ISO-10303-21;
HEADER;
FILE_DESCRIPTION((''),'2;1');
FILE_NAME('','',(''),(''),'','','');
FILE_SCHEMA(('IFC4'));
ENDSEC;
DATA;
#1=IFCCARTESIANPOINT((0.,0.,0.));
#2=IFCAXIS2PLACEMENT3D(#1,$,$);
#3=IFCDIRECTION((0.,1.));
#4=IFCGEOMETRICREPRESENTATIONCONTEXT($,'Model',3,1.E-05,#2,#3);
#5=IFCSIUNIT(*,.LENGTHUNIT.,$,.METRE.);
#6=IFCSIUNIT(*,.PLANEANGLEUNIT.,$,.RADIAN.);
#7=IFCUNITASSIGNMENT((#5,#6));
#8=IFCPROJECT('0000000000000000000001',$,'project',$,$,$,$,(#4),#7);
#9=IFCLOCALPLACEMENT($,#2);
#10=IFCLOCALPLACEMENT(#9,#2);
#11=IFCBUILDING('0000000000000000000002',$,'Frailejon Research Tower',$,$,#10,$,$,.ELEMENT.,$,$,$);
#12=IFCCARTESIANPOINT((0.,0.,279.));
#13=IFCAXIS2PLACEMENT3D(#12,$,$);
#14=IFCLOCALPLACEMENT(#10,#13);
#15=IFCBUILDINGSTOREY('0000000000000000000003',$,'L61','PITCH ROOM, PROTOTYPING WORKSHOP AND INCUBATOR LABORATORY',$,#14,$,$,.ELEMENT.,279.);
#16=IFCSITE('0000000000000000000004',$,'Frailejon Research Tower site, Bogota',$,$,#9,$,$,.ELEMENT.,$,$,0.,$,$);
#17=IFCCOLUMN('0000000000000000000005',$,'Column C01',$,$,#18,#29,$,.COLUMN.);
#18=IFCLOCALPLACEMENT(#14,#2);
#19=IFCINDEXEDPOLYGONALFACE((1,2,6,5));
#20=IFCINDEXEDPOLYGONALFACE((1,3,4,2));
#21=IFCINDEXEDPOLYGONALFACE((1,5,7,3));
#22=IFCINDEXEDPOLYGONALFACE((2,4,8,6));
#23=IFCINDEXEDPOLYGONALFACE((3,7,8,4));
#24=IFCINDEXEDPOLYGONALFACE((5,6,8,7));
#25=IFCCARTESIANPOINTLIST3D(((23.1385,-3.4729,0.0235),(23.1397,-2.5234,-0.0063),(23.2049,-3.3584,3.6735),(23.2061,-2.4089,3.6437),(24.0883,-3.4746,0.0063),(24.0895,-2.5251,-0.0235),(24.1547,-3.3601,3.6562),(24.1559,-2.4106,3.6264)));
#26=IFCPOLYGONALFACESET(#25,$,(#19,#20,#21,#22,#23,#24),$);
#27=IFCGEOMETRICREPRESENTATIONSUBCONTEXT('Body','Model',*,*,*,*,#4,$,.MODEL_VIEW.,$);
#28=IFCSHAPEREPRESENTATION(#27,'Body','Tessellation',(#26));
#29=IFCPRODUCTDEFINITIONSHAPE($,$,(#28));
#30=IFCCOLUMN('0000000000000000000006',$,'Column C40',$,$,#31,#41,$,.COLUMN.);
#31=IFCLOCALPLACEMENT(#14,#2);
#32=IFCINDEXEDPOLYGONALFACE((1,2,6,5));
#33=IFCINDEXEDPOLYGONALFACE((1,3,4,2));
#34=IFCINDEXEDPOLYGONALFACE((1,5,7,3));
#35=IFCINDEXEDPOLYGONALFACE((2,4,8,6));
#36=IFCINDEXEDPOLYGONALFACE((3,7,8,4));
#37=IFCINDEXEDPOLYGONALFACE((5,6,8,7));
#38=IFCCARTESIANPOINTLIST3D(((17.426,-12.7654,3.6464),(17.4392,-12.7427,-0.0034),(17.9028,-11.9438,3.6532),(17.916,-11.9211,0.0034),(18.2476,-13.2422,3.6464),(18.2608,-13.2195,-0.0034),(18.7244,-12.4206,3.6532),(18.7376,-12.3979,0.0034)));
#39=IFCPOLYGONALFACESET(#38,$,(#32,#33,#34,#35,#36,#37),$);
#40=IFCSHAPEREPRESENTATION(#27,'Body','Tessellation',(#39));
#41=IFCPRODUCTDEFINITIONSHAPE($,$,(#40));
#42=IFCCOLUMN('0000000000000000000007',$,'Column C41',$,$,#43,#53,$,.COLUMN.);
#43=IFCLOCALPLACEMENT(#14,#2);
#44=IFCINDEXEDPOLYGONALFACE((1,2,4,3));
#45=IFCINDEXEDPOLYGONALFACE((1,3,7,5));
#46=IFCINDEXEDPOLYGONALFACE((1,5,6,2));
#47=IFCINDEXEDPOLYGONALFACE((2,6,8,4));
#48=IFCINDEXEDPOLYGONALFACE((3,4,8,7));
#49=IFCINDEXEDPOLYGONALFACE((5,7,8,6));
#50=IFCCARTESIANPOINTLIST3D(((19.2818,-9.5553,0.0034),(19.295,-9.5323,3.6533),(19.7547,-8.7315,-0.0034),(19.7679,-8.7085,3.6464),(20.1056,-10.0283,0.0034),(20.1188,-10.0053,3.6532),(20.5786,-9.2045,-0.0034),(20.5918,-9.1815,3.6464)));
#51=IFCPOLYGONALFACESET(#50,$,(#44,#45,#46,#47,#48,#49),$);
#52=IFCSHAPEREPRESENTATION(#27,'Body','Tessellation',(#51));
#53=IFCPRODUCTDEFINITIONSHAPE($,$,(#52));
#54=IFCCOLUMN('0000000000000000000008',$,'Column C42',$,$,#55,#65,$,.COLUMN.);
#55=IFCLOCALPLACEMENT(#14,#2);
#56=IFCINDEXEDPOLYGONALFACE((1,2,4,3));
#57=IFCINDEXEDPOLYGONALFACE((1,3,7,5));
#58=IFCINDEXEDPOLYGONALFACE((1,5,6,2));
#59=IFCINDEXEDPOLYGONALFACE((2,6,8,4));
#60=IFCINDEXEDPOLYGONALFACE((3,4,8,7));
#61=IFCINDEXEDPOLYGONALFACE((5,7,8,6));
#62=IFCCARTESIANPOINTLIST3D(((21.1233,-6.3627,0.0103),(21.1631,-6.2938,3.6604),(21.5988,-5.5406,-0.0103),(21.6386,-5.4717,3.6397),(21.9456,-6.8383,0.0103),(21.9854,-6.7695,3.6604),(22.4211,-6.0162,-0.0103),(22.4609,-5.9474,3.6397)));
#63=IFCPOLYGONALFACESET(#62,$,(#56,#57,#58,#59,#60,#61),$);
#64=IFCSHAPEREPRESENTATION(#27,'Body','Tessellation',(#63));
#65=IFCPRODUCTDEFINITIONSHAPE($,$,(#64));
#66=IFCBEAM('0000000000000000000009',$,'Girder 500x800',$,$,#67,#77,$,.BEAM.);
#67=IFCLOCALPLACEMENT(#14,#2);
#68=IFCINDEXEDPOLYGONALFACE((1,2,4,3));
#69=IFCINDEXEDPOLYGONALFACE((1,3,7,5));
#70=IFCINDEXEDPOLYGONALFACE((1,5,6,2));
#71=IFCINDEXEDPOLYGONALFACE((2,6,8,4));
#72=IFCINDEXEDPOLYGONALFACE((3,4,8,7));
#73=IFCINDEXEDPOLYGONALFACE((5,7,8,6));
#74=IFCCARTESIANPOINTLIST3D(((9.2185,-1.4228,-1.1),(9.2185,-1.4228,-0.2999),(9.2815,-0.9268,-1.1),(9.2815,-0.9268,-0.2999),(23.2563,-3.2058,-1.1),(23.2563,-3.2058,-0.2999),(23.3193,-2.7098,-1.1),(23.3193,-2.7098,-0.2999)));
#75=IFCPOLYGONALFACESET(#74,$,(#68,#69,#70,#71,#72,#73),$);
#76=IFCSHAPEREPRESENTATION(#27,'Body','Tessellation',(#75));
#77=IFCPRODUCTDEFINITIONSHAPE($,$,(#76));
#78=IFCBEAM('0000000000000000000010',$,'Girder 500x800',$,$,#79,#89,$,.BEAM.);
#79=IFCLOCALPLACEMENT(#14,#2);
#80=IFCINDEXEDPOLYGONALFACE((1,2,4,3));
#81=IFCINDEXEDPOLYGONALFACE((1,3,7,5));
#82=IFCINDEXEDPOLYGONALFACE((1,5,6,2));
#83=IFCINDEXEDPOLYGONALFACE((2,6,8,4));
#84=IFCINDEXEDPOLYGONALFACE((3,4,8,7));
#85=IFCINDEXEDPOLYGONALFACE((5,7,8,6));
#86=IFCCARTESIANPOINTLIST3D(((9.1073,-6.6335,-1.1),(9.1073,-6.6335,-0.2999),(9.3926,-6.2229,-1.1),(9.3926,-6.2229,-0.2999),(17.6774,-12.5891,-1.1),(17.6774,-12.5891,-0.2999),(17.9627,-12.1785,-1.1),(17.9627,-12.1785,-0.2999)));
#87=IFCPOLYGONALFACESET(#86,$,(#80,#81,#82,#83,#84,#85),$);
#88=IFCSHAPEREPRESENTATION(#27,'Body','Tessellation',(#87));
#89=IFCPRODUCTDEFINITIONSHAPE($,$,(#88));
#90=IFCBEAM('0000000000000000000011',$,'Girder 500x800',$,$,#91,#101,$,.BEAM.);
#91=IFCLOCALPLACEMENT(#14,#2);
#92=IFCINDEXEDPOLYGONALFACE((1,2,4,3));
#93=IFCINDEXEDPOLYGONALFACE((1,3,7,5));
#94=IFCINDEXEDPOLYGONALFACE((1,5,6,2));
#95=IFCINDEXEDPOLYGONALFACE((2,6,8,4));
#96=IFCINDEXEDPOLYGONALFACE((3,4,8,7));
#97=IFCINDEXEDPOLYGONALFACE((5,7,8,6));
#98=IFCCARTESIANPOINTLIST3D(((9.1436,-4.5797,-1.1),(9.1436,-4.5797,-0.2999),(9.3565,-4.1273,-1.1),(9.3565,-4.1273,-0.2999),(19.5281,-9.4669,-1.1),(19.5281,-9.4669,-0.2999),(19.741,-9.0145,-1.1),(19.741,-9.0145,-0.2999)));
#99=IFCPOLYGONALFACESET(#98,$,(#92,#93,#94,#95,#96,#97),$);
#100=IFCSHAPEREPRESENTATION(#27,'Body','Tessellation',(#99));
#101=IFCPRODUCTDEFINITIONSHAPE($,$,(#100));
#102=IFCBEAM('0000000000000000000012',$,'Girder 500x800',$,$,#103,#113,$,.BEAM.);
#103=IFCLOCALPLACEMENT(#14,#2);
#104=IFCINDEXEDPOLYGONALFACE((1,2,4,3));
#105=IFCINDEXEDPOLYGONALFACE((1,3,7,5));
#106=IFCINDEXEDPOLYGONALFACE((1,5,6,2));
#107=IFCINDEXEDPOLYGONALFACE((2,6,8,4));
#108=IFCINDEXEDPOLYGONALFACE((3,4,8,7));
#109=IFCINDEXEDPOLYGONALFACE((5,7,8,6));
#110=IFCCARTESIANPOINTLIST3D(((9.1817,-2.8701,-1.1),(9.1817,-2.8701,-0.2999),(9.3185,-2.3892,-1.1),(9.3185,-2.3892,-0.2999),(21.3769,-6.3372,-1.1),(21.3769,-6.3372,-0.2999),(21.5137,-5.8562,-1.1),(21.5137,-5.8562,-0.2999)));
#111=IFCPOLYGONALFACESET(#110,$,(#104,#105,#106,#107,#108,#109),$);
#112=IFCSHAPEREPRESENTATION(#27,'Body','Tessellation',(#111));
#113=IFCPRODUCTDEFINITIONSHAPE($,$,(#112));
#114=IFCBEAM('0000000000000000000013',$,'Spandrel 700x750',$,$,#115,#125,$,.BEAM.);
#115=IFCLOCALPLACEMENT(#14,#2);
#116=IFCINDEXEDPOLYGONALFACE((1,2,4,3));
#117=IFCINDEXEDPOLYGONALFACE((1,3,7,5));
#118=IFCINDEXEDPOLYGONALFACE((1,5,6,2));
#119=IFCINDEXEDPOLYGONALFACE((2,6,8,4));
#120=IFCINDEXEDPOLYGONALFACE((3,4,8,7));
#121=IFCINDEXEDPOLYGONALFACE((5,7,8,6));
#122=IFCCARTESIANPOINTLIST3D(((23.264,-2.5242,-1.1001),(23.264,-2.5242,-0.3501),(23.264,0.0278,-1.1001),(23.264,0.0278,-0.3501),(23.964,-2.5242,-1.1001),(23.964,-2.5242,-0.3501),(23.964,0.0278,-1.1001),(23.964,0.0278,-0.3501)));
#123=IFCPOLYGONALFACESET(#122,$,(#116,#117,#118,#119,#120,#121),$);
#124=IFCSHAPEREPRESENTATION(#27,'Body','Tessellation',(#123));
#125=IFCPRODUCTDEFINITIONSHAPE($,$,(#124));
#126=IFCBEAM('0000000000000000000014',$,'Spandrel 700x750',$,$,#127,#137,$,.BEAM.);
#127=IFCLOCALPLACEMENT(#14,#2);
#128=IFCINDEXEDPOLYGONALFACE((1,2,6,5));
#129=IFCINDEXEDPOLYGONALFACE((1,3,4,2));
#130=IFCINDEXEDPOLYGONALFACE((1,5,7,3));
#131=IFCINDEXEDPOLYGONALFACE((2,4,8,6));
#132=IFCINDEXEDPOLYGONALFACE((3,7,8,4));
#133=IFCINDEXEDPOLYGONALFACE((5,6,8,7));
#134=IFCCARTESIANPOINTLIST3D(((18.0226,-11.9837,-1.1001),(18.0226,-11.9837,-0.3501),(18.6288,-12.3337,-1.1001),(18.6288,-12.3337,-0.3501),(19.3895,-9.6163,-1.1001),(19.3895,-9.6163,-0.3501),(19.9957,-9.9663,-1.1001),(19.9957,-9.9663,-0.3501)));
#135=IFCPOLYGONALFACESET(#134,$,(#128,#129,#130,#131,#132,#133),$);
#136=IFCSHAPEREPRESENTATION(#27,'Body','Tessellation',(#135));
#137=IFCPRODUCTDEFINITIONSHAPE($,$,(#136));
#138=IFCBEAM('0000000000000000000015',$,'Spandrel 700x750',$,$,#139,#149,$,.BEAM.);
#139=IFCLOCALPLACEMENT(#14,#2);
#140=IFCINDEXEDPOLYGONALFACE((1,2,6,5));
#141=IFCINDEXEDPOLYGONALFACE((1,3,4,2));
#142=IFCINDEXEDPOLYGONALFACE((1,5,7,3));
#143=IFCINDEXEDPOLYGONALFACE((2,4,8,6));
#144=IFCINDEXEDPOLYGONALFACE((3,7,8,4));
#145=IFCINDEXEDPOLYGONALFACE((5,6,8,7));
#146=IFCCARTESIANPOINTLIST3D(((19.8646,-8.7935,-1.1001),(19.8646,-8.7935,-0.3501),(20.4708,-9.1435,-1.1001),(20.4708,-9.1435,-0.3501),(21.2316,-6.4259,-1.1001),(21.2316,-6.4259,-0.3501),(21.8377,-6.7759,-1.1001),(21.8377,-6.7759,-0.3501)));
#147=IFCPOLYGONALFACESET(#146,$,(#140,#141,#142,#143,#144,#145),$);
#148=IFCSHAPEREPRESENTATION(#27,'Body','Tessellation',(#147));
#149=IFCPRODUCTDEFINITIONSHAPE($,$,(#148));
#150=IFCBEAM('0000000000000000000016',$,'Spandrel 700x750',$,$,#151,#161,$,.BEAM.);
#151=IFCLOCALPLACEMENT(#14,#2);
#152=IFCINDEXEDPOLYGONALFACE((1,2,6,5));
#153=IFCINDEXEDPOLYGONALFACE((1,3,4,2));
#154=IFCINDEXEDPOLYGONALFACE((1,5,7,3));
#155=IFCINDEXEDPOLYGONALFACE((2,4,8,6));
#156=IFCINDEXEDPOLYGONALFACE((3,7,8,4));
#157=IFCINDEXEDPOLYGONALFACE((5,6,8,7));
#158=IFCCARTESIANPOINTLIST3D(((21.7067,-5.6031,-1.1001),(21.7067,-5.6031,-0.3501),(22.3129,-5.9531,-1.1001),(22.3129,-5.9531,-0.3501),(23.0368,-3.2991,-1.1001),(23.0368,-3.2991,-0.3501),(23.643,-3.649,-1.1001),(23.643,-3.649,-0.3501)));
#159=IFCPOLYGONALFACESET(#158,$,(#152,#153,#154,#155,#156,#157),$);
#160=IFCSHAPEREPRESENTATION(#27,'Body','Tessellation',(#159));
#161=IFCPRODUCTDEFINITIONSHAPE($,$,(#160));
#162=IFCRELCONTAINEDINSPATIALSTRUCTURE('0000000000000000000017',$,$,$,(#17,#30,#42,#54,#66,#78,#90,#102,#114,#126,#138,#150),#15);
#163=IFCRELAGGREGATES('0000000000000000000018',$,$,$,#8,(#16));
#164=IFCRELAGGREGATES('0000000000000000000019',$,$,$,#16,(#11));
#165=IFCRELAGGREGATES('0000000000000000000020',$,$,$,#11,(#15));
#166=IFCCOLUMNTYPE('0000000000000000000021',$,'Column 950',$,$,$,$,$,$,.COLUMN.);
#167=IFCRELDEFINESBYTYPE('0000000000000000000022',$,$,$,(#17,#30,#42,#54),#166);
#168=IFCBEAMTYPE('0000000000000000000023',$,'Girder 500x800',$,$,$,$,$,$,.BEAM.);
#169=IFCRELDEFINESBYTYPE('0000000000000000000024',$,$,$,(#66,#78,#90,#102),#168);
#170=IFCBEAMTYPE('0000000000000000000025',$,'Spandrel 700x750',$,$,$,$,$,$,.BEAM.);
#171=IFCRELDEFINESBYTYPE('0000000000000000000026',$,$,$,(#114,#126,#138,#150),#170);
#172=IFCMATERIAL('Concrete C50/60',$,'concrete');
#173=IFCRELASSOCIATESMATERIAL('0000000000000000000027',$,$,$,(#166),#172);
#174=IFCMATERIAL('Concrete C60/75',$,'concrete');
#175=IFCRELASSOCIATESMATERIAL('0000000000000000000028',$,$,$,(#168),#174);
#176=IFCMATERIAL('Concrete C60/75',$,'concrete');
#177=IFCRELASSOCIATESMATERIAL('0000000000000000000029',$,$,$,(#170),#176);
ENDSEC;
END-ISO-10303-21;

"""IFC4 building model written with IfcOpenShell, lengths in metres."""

from ifc_helpers import new_model, si_unit, direction, frame, origin, origin_2d, place, context, subcontext, project, spatial, rectangle, extrude, material, material_profile, profile_set, type_object, element, save


model = new_model("IFC4")

# Units and contexts
model_context = context("Model", 3, precision=1e-05, world=origin(), true_north=direction((0.0, 1.0)))
body_context = subcontext(model_context, "Body", "Model", "MODEL_VIEW")
ifc_project = project(units=[si_unit("LENGTHUNIT", "METRE"), si_unit("PLANEANGLEUNIT", "RADIAN")], contexts=[model_context])

# Site, building, storey
site_placement = place(None, origin())
site = spatial("IfcSite", under=ifc_project, at=site_placement, Name="Frailejon Research Tower site, Bogota", CompositionType="ELEMENT", RefElevation=0.0)
building_placement = place(site_placement, origin())
building = spatial("IfcBuilding", under=site, at=building_placement, Name="Frailejon Research Tower", CompositionType="ELEMENT")
storey_placement = place(building_placement, frame((0.0, 0.0, 279.0)))
storey = spatial("IfcBuildingStorey", under=building, at=storey_placement, Name="L61", Description="PITCH ROOM, PROTOTYPING WORKSHOP AND INCUBATOR LABORATORY", CompositionType="ELEMENT", Elevation=279.0)

# Columns
ifc_material_1 = material(Name="Concrete C50/60", Category="concrete")
ifc_material_profile_1 = material_profile(ifc_material_1, rectangle(XDim=0.95, YDim=0.95, at=origin_2d()), Name="Column 950")
ifc_profile_set_1 = profile_set([ifc_material_profile_1], Name="Concrete C50/60")
column_type = type_object("IfcColumnType", Name="Column 950", PredefinedType="COLUMN", material=ifc_profile_set_1)
column_1_placement = place(storey_placement, frame((23.614, -2.999, 0.0), z_axis=(0.018182, 0.031351, 0.999343), x_axis=(0.001221, 0.999507, -0.031378)))
element("IfcColumn", 1, at=column_1_placement, inside=storey, type_object=column_type, Name="Column C01", PredefinedType="COLUMN", context=body_context, shape_type="SweptSolid", body=[
    extrude(rectangle(XDim=0.95, YDim=0.95, at=origin_2d()), origin(), (0.0, 0.0, 1.0), 3.6523),
])
for number, where, z_axis, x_axis, name in (
    (2, (18.0884, -12.5703, 0.0), (-0.003612, -0.006221, 0.999974), (0.501902, 0.864894, 0.007193), "Column C40"),
    (3, (19.9302, -9.3799, 0.0), (0.003612, 0.006287, 0.999974), (0.49789, 0.86721, -0.007251), "Column C41"),
):
    element("IfcColumn", number, at=place(storey_placement, frame(where, z_axis=z_axis, x_axis=x_axis)), inside=storey, type_object=column_type, Name=name, PredefinedType="COLUMN", context=body_context, shape_type="SweptSolid", body=[
        extrude(rectangle(XDim=0.95, YDim=0.95, at=origin_2d()), origin(), (0.0, 0.0, 1.0), 3.6499),
    ])
column_2_placement = place(storey_placement, frame((21.7722, -6.1895, 0.0), z_axis=(0.0109, 0.018858, 0.999763), x_axis=(0.50059, 0.86541, -0.021782)))
element("IfcColumn", 4, at=column_2_placement, inside=storey, type_object=column_type, Name="Column C42", PredefinedType="COLUMN", context=body_context, shape_type="SweptSolid", body=[
    extrude(rectangle(XDim=0.95, YDim=0.95, at=origin_2d()), origin(), (0.0, 0.0, 1.0), 3.6509),
])

# Beams
ifc_material_2 = material(Name="Concrete C60/75", Category="concrete")
ifc_material_profile_2 = material_profile(ifc_material_2, rectangle(XDim=0.5, YDim=0.8, at=origin_2d()), Name="Girder 500x800")
ifc_profile_set_2 = profile_set([ifc_material_profile_2], Name="Concrete C60/75")
beam_type_1 = type_object("IfcBeamType", Name="Girder 500x800", PredefinedType="BEAM", material=ifc_profile_set_2)
beam_1_placement = place(storey_placement, frame((23.2878, -2.9578, -0.7), z_axis=(-0.99203, 0.125999, 0.0), x_axis=(-0.125999, -0.99203, 0.0)))
element("IfcBeam", 5, at=beam_1_placement, inside=storey, type_object=beam_type_1, Name="Girder 500x800", PredefinedType="BEAM", context=body_context, shape_type="SweptSolid", body=[
    extrude(rectangle(XDim=0.5, YDim=0.8, at=origin_2d()), origin(), (0.0, 0.0, 1.0), 14.1506),
])
beam_2_placement = place(storey_placement, frame((17.8201, -12.3838, -0.7), z_axis=(-0.821185, 0.570663, 0.0), x_axis=(-0.570663, -0.821185, 0.0)))
element("IfcBeam", 6, at=beam_2_placement, inside=storey, type_object=beam_type_1, Name="Girder 500x800", PredefinedType="BEAM", context=body_context, shape_type="SweptSolid", body=[
    extrude(rectangle(XDim=0.5, YDim=0.8, at=origin_2d()), origin(), (0.0, 0.0, 1.0), 10.4363),
])
beam_3_placement = place(storey_placement, frame((19.6345, -9.2407, -0.7), z_axis=(-0.904806, 0.425824, 0.0), x_axis=(-0.425824, -0.904806, 0.0)))
element("IfcBeam", 7, at=beam_3_placement, inside=storey, type_object=beam_type_1, Name="Girder 500x800", PredefinedType="BEAM", context=body_context, shape_type="SweptSolid", body=[
    extrude(rectangle(XDim=0.5, YDim=0.8, at=origin_2d()), origin(), (0.0, 0.0, 1.0), 11.4771),
])
beam_4_placement = place(storey_placement, frame((21.4453, -6.0967, -0.7), z_axis=(-0.961884, 0.273457, 0.0), x_axis=(-0.273457, -0.961884, 0.0)))
element("IfcBeam", 8, at=beam_4_placement, inside=storey, type_object=beam_type_1, Name="Girder 500x800", PredefinedType="BEAM", context=body_context, shape_type="SweptSolid", body=[
    extrude(rectangle(XDim=0.5, YDim=0.8, at=origin_2d()), origin(), (0.0, 0.0, 1.0), 12.6785),
])
ifc_material_3 = material(Name="Concrete C60/75", Category="concrete")
ifc_material_profile_3 = material_profile(ifc_material_3, rectangle(XDim=0.7, YDim=0.75, at=origin_2d()), Name="Spandrel 700x750")
ifc_profile_set_3 = profile_set([ifc_material_profile_3], Name="Concrete C60/75")
beam_type_2 = type_object("IfcBeamType", Name="Spandrel 700x750", PredefinedType="BEAM", material=ifc_profile_set_3)
beam_5_placement = place(storey_placement, frame((23.614, -2.5242, -0.7251), z_axis=(0.0, 1.0, 0.0), x_axis=(-1.0, 0.0, 0.0)))
element("IfcBeam", 9, at=beam_5_placement, inside=storey, type_object=beam_type_2, Name="Spandrel 700x750", PredefinedType="BEAM", context=body_context, shape_type="SweptSolid", body=[
    extrude(rectangle(XDim=0.7, YDim=0.75, at=origin_2d()), origin(), (0.0, 0.0, 1.0), 2.552),
])
beam_6_placement = place(storey_placement, frame((18.3257, -12.1587, -0.7251), z_axis=(0.500029, 0.866009, 0.0), x_axis=(-0.866009, 0.500029, 0.0)))
element("IfcBeam", 10, at=beam_6_placement, inside=storey, type_object=beam_type_2, Name="Spandrel 700x750", PredefinedType="BEAM", context=body_context, shape_type="SweptSolid", body=[
    extrude(rectangle(XDim=0.7, YDim=0.75, at=origin_2d()), origin(), (0.0, 0.0, 1.0), 2.7336),
])
beam_7_placement = place(storey_placement, frame((20.1677, -8.9685, -0.7251), z_axis=(0.49999, 0.866031, 0.0), x_axis=(-0.866031, 0.49999, 0.0)))
element("IfcBeam", 11, at=beam_7_placement, inside=storey, type_object=beam_type_2, Name="Spandrel 700x750", PredefinedType="BEAM", context=body_context, shape_type="SweptSolid", body=[
    extrude(rectangle(XDim=0.7, YDim=0.75, at=origin_2d()), origin(), (0.0, 0.0, 1.0), 2.7339),
])
beam_8_placement = place(storey_placement, frame((22.0098, -5.7781, -0.7251), z_axis=(0.499969, 0.866043, 0.0), x_axis=(-0.866043, 0.499969, 0.0)))
element("IfcBeam", 12, at=beam_8_placement, inside=storey, type_object=beam_type_2, Name="Spandrel 700x750", PredefinedType="BEAM", context=body_context, shape_type="SweptSolid", body=[
    extrude(rectangle(XDim=0.7, YDim=0.75, at=origin_2d()), origin(), (0.0, 0.0, 1.0), 2.6604),
])

save(model, "model.ifc")
